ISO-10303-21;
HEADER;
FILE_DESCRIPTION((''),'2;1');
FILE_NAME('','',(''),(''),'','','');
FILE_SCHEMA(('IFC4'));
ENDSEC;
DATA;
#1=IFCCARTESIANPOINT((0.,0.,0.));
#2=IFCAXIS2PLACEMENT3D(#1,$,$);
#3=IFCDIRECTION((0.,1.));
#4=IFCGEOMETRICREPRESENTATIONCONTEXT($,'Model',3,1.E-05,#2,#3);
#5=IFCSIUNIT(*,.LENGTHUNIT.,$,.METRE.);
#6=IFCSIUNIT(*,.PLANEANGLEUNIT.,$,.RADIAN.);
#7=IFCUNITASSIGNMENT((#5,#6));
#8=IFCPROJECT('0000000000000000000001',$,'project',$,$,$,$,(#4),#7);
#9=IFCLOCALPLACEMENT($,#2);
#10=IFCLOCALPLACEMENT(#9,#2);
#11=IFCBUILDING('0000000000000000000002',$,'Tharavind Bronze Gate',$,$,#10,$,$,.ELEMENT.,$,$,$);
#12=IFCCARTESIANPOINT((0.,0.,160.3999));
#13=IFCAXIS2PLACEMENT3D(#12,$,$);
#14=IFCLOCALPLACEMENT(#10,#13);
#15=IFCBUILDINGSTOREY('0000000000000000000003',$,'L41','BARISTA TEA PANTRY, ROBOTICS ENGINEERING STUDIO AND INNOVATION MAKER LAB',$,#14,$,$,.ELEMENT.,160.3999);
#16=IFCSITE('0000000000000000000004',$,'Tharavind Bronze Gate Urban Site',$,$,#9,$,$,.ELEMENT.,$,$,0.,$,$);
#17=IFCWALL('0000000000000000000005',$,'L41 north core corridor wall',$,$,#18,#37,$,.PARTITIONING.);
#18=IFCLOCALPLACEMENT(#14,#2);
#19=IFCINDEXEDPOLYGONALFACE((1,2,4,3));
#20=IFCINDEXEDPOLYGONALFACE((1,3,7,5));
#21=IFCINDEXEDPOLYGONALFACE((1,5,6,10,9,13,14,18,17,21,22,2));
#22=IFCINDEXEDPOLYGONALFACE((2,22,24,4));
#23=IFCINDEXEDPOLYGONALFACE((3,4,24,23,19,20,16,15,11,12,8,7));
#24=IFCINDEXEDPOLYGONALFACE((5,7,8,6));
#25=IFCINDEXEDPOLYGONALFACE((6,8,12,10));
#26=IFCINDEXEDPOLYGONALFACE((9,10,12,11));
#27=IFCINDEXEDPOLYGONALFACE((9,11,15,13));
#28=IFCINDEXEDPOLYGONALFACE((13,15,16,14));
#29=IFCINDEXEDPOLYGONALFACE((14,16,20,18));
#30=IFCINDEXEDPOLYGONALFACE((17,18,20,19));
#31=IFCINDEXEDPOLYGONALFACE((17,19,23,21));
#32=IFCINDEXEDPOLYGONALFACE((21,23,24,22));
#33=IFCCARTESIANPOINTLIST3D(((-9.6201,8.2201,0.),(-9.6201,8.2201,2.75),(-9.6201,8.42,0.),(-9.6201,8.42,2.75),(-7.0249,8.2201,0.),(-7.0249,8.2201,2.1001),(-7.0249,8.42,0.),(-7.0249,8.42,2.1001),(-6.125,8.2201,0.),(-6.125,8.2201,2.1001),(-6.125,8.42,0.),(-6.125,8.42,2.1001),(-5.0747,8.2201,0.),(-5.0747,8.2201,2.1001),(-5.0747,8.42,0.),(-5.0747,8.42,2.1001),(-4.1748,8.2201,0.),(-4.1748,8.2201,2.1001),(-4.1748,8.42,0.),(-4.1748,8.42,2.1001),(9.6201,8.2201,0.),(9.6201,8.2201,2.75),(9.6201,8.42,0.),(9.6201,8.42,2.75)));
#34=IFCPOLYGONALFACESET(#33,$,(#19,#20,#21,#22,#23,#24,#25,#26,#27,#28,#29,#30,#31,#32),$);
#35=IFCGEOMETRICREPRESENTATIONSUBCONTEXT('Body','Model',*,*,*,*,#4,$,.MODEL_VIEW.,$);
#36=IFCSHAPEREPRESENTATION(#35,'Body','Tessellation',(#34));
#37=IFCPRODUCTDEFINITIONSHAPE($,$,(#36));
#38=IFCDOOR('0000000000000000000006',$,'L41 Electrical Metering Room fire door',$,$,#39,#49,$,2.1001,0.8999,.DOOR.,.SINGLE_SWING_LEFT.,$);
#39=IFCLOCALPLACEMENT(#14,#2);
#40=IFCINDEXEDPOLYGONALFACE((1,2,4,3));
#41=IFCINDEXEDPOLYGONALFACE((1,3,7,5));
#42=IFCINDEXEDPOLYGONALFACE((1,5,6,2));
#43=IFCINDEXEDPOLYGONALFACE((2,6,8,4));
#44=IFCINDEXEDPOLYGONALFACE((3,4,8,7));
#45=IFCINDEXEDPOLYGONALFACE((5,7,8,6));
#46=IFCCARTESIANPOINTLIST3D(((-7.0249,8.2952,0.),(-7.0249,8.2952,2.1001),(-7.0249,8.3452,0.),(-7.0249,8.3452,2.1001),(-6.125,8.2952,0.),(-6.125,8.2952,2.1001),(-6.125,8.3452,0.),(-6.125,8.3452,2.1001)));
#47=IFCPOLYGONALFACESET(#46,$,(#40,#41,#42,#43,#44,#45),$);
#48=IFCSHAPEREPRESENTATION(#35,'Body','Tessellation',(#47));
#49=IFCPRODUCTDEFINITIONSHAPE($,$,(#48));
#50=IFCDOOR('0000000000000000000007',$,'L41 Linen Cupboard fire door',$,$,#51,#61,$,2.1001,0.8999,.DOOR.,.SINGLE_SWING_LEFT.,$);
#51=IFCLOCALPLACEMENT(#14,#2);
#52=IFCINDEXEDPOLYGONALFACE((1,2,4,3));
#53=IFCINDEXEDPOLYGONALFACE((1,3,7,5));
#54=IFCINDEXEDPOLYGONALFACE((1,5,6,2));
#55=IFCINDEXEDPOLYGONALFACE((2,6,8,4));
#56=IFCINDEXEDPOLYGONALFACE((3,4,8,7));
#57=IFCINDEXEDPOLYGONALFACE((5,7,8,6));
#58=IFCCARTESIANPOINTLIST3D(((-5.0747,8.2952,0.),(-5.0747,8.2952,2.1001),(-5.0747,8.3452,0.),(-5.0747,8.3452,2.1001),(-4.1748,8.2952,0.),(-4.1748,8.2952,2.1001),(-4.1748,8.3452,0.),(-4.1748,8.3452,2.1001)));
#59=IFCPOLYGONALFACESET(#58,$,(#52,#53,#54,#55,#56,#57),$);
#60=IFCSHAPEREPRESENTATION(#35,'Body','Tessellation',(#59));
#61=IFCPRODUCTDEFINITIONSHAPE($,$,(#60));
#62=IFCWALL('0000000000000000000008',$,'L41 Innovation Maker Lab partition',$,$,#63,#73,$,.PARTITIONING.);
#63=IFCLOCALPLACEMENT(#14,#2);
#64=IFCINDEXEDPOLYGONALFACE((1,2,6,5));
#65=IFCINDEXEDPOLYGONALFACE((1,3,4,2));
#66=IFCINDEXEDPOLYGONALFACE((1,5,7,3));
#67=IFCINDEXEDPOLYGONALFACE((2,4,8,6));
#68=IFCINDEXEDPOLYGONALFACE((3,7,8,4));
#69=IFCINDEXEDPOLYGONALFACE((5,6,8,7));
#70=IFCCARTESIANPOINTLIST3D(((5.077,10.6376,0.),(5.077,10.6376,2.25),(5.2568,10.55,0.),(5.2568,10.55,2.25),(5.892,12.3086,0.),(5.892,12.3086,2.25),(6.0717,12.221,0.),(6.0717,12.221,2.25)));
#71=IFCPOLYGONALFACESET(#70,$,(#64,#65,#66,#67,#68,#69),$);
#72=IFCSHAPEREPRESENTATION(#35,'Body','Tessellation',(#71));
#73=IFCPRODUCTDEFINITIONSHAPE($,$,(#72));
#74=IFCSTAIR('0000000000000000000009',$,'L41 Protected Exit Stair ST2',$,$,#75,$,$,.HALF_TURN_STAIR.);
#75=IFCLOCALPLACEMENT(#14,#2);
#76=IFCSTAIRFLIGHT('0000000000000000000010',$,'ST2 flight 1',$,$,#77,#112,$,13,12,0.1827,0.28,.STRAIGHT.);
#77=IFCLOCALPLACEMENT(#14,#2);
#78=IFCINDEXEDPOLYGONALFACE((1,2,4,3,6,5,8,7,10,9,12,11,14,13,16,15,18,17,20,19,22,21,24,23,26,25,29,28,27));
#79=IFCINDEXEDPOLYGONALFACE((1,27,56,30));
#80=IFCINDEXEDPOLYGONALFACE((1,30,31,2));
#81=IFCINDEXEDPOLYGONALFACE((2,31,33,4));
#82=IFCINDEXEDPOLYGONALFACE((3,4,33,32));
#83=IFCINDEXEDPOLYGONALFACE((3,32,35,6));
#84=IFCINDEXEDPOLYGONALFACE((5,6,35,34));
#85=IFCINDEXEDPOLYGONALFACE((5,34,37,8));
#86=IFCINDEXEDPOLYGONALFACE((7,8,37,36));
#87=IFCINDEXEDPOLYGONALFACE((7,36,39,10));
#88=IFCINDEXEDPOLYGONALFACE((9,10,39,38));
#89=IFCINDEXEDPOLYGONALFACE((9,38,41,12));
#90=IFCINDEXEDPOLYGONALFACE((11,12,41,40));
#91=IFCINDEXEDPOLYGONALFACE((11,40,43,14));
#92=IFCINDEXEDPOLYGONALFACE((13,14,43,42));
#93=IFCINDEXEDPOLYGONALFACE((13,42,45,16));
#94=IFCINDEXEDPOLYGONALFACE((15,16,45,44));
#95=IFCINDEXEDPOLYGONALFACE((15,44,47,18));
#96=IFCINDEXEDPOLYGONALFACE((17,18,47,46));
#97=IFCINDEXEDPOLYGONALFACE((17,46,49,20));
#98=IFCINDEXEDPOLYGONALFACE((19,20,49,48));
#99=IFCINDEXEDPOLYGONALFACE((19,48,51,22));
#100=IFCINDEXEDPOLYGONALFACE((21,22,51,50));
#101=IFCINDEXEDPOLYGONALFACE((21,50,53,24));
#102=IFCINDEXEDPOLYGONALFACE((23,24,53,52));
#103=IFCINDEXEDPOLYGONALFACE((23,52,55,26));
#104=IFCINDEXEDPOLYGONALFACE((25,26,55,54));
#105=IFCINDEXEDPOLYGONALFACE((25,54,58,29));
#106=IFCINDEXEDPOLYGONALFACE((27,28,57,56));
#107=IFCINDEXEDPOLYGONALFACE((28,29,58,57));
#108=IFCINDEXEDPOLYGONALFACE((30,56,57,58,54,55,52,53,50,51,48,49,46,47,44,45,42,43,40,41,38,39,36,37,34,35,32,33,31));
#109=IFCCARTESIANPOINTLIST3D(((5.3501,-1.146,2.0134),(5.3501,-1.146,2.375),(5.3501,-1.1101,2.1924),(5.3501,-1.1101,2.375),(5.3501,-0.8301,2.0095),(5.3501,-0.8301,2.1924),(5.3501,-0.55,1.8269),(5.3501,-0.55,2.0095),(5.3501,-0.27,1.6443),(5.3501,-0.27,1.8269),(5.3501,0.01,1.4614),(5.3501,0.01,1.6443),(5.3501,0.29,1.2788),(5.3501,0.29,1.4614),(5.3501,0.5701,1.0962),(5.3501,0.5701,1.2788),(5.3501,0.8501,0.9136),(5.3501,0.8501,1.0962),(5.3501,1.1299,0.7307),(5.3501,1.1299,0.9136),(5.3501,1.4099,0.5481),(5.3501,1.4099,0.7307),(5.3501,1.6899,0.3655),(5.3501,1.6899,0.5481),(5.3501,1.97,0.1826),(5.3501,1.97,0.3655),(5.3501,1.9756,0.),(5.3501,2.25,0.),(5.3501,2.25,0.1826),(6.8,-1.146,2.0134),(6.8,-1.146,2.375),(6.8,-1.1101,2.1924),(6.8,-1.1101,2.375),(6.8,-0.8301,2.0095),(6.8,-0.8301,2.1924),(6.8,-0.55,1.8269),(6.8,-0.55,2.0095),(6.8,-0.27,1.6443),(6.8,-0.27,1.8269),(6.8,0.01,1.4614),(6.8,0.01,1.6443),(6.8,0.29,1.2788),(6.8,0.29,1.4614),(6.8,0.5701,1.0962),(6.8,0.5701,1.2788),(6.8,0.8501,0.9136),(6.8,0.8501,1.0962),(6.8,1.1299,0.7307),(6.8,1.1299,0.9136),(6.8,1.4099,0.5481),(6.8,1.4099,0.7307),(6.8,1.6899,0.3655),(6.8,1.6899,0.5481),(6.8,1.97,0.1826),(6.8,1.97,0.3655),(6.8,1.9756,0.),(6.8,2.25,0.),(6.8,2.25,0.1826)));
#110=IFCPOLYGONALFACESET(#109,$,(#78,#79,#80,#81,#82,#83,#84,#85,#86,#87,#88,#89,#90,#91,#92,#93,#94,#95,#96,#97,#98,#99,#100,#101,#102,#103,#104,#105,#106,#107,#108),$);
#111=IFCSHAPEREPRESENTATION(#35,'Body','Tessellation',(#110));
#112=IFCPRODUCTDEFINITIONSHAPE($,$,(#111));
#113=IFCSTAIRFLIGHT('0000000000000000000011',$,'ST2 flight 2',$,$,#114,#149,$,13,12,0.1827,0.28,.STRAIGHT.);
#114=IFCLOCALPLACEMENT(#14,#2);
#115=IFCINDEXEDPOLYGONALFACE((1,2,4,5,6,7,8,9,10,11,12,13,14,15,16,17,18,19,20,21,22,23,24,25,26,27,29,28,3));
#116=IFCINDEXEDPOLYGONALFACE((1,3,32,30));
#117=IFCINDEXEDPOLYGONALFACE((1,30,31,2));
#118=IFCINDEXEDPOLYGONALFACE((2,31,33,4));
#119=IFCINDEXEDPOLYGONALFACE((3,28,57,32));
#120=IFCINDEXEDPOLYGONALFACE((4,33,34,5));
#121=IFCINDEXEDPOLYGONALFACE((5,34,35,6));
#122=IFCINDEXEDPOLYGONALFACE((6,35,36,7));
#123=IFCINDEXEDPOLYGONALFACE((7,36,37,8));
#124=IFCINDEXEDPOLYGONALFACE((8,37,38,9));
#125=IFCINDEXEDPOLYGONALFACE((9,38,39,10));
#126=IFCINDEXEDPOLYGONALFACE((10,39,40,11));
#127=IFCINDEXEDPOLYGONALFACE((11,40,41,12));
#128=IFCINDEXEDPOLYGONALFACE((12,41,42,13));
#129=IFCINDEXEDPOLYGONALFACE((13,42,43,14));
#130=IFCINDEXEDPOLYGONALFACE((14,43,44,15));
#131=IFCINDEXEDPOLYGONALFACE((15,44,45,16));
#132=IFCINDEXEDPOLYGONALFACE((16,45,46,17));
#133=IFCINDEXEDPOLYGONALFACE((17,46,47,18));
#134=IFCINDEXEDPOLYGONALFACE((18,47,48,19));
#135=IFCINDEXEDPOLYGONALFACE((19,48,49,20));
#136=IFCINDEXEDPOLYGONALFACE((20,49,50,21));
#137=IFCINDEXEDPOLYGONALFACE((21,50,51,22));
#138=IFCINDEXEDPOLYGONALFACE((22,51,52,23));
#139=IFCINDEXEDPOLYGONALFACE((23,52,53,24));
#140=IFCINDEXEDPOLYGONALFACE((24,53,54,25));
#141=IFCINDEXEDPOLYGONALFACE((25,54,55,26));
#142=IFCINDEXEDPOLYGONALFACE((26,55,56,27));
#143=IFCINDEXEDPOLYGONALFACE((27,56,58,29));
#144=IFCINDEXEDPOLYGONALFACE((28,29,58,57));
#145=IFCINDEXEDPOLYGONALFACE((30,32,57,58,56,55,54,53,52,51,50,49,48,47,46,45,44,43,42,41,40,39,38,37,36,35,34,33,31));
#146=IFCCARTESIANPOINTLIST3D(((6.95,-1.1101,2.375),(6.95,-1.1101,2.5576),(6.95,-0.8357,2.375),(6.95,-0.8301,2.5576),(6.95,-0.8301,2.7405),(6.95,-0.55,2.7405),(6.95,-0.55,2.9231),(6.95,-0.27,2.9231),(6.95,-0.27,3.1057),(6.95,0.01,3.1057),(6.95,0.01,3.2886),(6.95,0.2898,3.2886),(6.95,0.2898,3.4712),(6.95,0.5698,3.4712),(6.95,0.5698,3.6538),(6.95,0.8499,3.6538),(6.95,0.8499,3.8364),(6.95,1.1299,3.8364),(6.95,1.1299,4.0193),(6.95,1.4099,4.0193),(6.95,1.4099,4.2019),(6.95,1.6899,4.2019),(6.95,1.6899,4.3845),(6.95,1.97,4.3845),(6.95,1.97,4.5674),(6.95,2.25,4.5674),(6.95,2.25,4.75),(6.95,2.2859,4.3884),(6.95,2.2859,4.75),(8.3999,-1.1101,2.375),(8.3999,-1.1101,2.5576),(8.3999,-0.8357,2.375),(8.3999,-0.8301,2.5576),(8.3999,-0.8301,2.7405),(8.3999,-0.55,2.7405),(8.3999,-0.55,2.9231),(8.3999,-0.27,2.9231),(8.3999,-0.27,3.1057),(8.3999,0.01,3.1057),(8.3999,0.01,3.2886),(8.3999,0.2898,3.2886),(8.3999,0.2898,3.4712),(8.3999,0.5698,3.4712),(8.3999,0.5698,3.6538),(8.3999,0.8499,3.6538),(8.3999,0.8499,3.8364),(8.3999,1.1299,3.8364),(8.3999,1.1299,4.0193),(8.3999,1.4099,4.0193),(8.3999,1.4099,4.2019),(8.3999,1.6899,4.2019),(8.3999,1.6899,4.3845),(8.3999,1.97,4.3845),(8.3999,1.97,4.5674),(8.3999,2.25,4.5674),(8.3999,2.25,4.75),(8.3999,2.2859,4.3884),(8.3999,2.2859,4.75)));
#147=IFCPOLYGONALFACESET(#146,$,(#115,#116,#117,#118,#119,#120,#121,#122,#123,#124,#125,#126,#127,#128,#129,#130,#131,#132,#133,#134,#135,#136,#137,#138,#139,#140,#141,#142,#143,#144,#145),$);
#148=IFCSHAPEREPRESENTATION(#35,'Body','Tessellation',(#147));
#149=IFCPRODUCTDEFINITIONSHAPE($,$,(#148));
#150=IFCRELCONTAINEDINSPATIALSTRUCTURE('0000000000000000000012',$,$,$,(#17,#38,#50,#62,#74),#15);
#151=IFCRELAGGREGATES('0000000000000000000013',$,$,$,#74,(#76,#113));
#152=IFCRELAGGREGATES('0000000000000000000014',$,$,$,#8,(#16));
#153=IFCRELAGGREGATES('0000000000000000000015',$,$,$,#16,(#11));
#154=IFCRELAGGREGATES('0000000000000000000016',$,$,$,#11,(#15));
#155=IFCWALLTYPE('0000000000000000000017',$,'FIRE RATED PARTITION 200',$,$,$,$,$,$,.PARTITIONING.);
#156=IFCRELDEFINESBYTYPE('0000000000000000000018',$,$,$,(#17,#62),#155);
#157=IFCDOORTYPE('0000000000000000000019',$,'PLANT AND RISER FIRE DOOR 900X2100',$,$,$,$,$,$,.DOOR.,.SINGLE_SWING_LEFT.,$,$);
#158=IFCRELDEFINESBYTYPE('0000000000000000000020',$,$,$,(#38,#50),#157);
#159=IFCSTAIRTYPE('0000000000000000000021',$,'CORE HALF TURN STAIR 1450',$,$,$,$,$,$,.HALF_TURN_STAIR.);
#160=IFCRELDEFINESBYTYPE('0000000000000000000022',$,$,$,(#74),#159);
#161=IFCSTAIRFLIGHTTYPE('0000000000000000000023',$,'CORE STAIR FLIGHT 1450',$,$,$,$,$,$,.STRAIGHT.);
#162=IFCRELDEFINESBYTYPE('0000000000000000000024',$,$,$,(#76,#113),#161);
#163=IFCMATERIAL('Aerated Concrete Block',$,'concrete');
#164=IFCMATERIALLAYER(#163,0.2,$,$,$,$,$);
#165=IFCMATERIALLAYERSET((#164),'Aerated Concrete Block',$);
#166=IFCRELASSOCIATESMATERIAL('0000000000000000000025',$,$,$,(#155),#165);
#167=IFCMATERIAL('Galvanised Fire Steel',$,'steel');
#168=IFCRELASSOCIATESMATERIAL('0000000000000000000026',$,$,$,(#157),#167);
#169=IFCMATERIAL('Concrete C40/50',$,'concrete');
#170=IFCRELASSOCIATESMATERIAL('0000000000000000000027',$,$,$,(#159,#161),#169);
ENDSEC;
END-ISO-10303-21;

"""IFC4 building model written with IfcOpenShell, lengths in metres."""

from ifc_helpers import new_model, si_unit, direction, frame, frame_2d, origin, place, context, subcontext, project, spatial, polyline, rectangle, outline, extrude, material, layer, layer_set, type_object, element, fill, aggregate, save


model = new_model("IFC4")

# Units and contexts
model_context = context("Model", 3, precision=1e-05, world=origin(), true_north=direction((0.0, 1.0)))
body_context = subcontext(model_context, "Body", "Model", "MODEL_VIEW")
ifc_project = project(units=[si_unit("LENGTHUNIT", "METRE"), si_unit("PLANEANGLEUNIT", "RADIAN")], contexts=[model_context])

# Site, building, storey
site_placement = place(None, origin())
site = spatial("IfcSite", under=ifc_project, at=site_placement, Name="Tharavind Bronze Gate Urban Site", CompositionType="ELEMENT", RefElevation=0.0)
building_placement = place(site_placement, origin())
building = spatial("IfcBuilding", under=site, at=building_placement, Name="Tharavind Bronze Gate", CompositionType="ELEMENT")
storey_placement = place(building_placement, frame((0.0, 0.0, 160.3999)))
storey = spatial("IfcBuildingStorey", under=building, at=storey_placement, Name="L41", Description="BARISTA TEA PANTRY, ROBOTICS ENGINEERING STUDIO AND INNOVATION MAKER LAB", CompositionType="ELEMENT", Elevation=160.3999)

# Wall, openings, doors
ifc_material_1 = material(Name="Aerated Concrete Block", Category="concrete")
ifc_layer_1 = layer(ifc_material_1, 0.2)
ifc_layer_set_1 = layer_set([ifc_layer_1], Name="Aerated Concrete Block")
wall_type = type_object("IfcWallType", Name="FIRE RATED PARTITION 200", PredefinedType="PARTITIONING", material=ifc_layer_set_1)
wall_1_placement = place(storey_placement, frame((9.6201, 8.3201, 0.0), z_axis=(0.0, 0.0, 1.0), x_axis=(-1.0, 0.0, 0.0)))
wall_1 = element("IfcWall", 1, at=wall_1_placement, inside=storey, type_object=wall_type, Name="L41 north core corridor wall", PredefinedType="PARTITIONING", context=body_context, shape_type="SweptSolid", body=[
    extrude(rectangle(XDim=19.2402, YDim=0.2, at=frame_2d((9.6201, 0.0))), origin(), (0.0, 0.0, 1.0), 2.75),
])
opening_1_placement = place(wall_1_placement, frame((15.7451, 0.0, 0.0)))
opening_1 = element("IfcOpeningElement", 2, at=opening_1_placement, cuts=wall_1, PredefinedType="OPENING", context=body_context, shape_type="SweptSolid", body=[
    extrude(rectangle(XDim=0.8999, YDim=2.1001, at=frame_2d((0.45, 1.05))), frame((0.0, 0.1101, 0.0), z_axis=(0.0, -1.0, 0.0), x_axis=(1.0, 0.0, 0.0)), (0.0, 0.0, 1.0), 0.22),
])
opening_2_placement = place(wall_1_placement, frame((13.7949, 0.0, 0.0)))
opening_2 = element("IfcOpeningElement", 3, at=opening_2_placement, cuts=wall_1, PredefinedType="OPENING", context=body_context, shape_type="SweptSolid", body=[
    extrude(rectangle(XDim=0.8999, YDim=2.1001, at=frame_2d((0.45, 1.05))), frame((0.0, 0.1101, 0.0), z_axis=(0.0, -1.0, 0.0), x_axis=(1.0, 0.0, 0.0)), (0.0, 0.0, 1.0), 0.22),
])
ifc_material_2 = material(Name="Galvanised Fire Steel", Category="steel")
door_type = type_object("IfcDoorType", Name="PLANT AND RISER FIRE DOOR 900X2100", OperationType="SINGLE_SWING_LEFT", PredefinedType="DOOR", material=ifc_material_2)
door_1_placement = place(opening_1_placement, origin())
door_1 = element("IfcDoor", 4, at=door_1_placement, inside=storey, type_object=door_type, Name="L41 Electrical Metering Room fire door", OperationType="SINGLE_SWING_LEFT", OverallHeight=2.1001, OverallWidth=0.8999, PredefinedType="DOOR", context=body_context, shape_type="SweptSolid", body=[
    extrude(rectangle(XDim=0.8999, YDim=2.1001, at=frame_2d((0.45, 1.05))), frame((0.0, 0.0249, 0.0), z_axis=(0.0, -1.0, 0.0), x_axis=(1.0, 0.0, 0.0)), (0.0, 0.0, 1.0), 0.05),
])
fill(opening_1, door_1)
door_2_placement = place(opening_2_placement, origin())
door_2 = element("IfcDoor", 5, at=door_2_placement, inside=storey, type_object=door_type, Name="L41 Linen Cupboard fire door", OperationType="SINGLE_SWING_LEFT", OverallHeight=2.1001, OverallWidth=0.8999, PredefinedType="DOOR", context=body_context, shape_type="SweptSolid", body=[
    extrude(rectangle(XDim=0.8999, YDim=2.1001, at=frame_2d((0.45, 1.05))), frame((0.0, 0.0249, 0.0), z_axis=(0.0, -1.0, 0.0), x_axis=(1.0, 0.0, 0.0)), (0.0, 0.0, 1.0), 0.05),
])
fill(opening_2, door_2)

# Wall
wall_2_placement = place(storey_placement, frame((5.9819, 12.2649, 0.0), z_axis=(0.0, 0.0, 1.0), x_axis=(-0.438367, -0.898796, 0.0)))
element("IfcWall", 6, at=wall_2_placement, inside=storey, type_object=wall_type, Name="L41 Innovation Maker Lab partition", PredefinedType="PARTITIONING", context=body_context, shape_type="SweptSolid", body=[
    extrude(rectangle(XDim=1.8591, YDim=0.2, at=frame_2d((0.9297, 0.0))), origin(), (0.0, 0.0, 1.0), 2.25),
])

# Stair, stair flights
ifc_material_3 = material(Name="Concrete C40/50", Category="concrete")
stair_type = type_object("IfcStairType", Name="CORE HALF TURN STAIR 1450", PredefinedType="HALF_TURN_STAIR", material=ifc_material_3)
stair_placement = place(storey_placement, origin())
stair = element("IfcStair", 7, at=stair_placement, inside=storey, type_object=stair_type, Name="L41 Protected Exit Stair ST2", PredefinedType="HALF_TURN_STAIR")
stair_flight_type = type_object("IfcStairFlightType", Name="CORE STAIR FLIGHT 1450", PredefinedType="STRAIGHT", material=ifc_material_3)
stair_flight_1_placement = place(storey_placement, frame((6.075, 2.25, 0.0), z_axis=(0.0, 0.0, 1.0), x_axis=(0.0, -1.0, 0.0)))
stair_flight_1 = element("IfcStairFlight", 8, at=stair_flight_1_placement, type_object=stair_flight_type, Name="ST2 flight 1", NumberOfRisers=13, NumberOfTreads=12, PredefinedType="STRAIGHT", RiserHeight=0.1827, TreadLength=0.28, context=body_context, shape_type="SweptSolid", body=[
    extrude(outline(polyline([(0.0, 0.0), (0.0, 0.1826), (0.28, 0.1826), (0.28, 0.3655), (0.5601, 0.3655), (0.5601, 0.5481), (0.8401, 0.5481), (0.8401, 0.7307), (1.1201, 0.7307), (1.1201, 0.9136), (1.3999, 0.9136), (1.3999, 1.0962), (1.6799, 1.0962), (1.6799, 1.2788), (1.96, 1.2788), (1.96, 1.4614), (2.24, 1.4614), (2.24, 1.6443), (2.52, 1.6443), (2.52, 1.8269), (2.8, 1.8269), (2.8, 2.0095), (3.0801, 2.0095), (3.0801, 2.1924), (3.3601, 2.1924), (3.3601, 2.375), (3.396, 2.375), (3.396, 2.0134), (0.2744, 0.0), (0.0, 0.0)])), frame((0.0, 0.7251, 0.0), z_axis=(0.0, -1.0, 0.0), x_axis=(1.0, 0.0, 0.0)), (0.0, 0.0, 1.0), 1.45),
])
stair_flight_2_placement = place(storey_placement, frame((7.675, -1.1101, 2.375), z_axis=(0.0, 0.0, 1.0), x_axis=(0.0, 1.0, 0.0)))
stair_flight_2 = element("IfcStairFlight", 9, at=stair_flight_2_placement, type_object=stair_flight_type, Name="ST2 flight 2", NumberOfRisers=13, NumberOfTreads=12, PredefinedType="STRAIGHT", RiserHeight=0.1827, TreadLength=0.28, context=body_context, shape_type="SweptSolid", body=[
    extrude(outline(polyline([(0.0, 0.0), (0.0, 0.1826), (0.28, 0.1826), (0.28, 0.3655), (0.5601, 0.3655), (0.5601, 0.5481), (0.8401, 0.5481), (0.8401, 0.7307), (1.1201, 0.7307), (1.1201, 0.9136), (1.3999, 0.9136), (1.3999, 1.0962), (1.6799, 1.0962), (1.6799, 1.2788), (1.96, 1.2788), (1.96, 1.4614), (2.24, 1.4614), (2.24, 1.6443), (2.52, 1.6443), (2.52, 1.8269), (2.8, 1.8269), (2.8, 2.0095), (3.0801, 2.0095), (3.0801, 2.1924), (3.3601, 2.1924), (3.3601, 2.375), (3.396, 2.375), (3.396, 2.0134), (0.2744, 0.0), (0.0, 0.0)])), frame((0.0, 0.7251, 0.0), z_axis=(0.0, -1.0, 0.0), x_axis=(1.0, 0.0, 0.0)), (0.0, 0.0, 1.0), 1.45),
])
aggregate(stair, [stair_flight_1, stair_flight_2])

save(model, "model.ifc")
